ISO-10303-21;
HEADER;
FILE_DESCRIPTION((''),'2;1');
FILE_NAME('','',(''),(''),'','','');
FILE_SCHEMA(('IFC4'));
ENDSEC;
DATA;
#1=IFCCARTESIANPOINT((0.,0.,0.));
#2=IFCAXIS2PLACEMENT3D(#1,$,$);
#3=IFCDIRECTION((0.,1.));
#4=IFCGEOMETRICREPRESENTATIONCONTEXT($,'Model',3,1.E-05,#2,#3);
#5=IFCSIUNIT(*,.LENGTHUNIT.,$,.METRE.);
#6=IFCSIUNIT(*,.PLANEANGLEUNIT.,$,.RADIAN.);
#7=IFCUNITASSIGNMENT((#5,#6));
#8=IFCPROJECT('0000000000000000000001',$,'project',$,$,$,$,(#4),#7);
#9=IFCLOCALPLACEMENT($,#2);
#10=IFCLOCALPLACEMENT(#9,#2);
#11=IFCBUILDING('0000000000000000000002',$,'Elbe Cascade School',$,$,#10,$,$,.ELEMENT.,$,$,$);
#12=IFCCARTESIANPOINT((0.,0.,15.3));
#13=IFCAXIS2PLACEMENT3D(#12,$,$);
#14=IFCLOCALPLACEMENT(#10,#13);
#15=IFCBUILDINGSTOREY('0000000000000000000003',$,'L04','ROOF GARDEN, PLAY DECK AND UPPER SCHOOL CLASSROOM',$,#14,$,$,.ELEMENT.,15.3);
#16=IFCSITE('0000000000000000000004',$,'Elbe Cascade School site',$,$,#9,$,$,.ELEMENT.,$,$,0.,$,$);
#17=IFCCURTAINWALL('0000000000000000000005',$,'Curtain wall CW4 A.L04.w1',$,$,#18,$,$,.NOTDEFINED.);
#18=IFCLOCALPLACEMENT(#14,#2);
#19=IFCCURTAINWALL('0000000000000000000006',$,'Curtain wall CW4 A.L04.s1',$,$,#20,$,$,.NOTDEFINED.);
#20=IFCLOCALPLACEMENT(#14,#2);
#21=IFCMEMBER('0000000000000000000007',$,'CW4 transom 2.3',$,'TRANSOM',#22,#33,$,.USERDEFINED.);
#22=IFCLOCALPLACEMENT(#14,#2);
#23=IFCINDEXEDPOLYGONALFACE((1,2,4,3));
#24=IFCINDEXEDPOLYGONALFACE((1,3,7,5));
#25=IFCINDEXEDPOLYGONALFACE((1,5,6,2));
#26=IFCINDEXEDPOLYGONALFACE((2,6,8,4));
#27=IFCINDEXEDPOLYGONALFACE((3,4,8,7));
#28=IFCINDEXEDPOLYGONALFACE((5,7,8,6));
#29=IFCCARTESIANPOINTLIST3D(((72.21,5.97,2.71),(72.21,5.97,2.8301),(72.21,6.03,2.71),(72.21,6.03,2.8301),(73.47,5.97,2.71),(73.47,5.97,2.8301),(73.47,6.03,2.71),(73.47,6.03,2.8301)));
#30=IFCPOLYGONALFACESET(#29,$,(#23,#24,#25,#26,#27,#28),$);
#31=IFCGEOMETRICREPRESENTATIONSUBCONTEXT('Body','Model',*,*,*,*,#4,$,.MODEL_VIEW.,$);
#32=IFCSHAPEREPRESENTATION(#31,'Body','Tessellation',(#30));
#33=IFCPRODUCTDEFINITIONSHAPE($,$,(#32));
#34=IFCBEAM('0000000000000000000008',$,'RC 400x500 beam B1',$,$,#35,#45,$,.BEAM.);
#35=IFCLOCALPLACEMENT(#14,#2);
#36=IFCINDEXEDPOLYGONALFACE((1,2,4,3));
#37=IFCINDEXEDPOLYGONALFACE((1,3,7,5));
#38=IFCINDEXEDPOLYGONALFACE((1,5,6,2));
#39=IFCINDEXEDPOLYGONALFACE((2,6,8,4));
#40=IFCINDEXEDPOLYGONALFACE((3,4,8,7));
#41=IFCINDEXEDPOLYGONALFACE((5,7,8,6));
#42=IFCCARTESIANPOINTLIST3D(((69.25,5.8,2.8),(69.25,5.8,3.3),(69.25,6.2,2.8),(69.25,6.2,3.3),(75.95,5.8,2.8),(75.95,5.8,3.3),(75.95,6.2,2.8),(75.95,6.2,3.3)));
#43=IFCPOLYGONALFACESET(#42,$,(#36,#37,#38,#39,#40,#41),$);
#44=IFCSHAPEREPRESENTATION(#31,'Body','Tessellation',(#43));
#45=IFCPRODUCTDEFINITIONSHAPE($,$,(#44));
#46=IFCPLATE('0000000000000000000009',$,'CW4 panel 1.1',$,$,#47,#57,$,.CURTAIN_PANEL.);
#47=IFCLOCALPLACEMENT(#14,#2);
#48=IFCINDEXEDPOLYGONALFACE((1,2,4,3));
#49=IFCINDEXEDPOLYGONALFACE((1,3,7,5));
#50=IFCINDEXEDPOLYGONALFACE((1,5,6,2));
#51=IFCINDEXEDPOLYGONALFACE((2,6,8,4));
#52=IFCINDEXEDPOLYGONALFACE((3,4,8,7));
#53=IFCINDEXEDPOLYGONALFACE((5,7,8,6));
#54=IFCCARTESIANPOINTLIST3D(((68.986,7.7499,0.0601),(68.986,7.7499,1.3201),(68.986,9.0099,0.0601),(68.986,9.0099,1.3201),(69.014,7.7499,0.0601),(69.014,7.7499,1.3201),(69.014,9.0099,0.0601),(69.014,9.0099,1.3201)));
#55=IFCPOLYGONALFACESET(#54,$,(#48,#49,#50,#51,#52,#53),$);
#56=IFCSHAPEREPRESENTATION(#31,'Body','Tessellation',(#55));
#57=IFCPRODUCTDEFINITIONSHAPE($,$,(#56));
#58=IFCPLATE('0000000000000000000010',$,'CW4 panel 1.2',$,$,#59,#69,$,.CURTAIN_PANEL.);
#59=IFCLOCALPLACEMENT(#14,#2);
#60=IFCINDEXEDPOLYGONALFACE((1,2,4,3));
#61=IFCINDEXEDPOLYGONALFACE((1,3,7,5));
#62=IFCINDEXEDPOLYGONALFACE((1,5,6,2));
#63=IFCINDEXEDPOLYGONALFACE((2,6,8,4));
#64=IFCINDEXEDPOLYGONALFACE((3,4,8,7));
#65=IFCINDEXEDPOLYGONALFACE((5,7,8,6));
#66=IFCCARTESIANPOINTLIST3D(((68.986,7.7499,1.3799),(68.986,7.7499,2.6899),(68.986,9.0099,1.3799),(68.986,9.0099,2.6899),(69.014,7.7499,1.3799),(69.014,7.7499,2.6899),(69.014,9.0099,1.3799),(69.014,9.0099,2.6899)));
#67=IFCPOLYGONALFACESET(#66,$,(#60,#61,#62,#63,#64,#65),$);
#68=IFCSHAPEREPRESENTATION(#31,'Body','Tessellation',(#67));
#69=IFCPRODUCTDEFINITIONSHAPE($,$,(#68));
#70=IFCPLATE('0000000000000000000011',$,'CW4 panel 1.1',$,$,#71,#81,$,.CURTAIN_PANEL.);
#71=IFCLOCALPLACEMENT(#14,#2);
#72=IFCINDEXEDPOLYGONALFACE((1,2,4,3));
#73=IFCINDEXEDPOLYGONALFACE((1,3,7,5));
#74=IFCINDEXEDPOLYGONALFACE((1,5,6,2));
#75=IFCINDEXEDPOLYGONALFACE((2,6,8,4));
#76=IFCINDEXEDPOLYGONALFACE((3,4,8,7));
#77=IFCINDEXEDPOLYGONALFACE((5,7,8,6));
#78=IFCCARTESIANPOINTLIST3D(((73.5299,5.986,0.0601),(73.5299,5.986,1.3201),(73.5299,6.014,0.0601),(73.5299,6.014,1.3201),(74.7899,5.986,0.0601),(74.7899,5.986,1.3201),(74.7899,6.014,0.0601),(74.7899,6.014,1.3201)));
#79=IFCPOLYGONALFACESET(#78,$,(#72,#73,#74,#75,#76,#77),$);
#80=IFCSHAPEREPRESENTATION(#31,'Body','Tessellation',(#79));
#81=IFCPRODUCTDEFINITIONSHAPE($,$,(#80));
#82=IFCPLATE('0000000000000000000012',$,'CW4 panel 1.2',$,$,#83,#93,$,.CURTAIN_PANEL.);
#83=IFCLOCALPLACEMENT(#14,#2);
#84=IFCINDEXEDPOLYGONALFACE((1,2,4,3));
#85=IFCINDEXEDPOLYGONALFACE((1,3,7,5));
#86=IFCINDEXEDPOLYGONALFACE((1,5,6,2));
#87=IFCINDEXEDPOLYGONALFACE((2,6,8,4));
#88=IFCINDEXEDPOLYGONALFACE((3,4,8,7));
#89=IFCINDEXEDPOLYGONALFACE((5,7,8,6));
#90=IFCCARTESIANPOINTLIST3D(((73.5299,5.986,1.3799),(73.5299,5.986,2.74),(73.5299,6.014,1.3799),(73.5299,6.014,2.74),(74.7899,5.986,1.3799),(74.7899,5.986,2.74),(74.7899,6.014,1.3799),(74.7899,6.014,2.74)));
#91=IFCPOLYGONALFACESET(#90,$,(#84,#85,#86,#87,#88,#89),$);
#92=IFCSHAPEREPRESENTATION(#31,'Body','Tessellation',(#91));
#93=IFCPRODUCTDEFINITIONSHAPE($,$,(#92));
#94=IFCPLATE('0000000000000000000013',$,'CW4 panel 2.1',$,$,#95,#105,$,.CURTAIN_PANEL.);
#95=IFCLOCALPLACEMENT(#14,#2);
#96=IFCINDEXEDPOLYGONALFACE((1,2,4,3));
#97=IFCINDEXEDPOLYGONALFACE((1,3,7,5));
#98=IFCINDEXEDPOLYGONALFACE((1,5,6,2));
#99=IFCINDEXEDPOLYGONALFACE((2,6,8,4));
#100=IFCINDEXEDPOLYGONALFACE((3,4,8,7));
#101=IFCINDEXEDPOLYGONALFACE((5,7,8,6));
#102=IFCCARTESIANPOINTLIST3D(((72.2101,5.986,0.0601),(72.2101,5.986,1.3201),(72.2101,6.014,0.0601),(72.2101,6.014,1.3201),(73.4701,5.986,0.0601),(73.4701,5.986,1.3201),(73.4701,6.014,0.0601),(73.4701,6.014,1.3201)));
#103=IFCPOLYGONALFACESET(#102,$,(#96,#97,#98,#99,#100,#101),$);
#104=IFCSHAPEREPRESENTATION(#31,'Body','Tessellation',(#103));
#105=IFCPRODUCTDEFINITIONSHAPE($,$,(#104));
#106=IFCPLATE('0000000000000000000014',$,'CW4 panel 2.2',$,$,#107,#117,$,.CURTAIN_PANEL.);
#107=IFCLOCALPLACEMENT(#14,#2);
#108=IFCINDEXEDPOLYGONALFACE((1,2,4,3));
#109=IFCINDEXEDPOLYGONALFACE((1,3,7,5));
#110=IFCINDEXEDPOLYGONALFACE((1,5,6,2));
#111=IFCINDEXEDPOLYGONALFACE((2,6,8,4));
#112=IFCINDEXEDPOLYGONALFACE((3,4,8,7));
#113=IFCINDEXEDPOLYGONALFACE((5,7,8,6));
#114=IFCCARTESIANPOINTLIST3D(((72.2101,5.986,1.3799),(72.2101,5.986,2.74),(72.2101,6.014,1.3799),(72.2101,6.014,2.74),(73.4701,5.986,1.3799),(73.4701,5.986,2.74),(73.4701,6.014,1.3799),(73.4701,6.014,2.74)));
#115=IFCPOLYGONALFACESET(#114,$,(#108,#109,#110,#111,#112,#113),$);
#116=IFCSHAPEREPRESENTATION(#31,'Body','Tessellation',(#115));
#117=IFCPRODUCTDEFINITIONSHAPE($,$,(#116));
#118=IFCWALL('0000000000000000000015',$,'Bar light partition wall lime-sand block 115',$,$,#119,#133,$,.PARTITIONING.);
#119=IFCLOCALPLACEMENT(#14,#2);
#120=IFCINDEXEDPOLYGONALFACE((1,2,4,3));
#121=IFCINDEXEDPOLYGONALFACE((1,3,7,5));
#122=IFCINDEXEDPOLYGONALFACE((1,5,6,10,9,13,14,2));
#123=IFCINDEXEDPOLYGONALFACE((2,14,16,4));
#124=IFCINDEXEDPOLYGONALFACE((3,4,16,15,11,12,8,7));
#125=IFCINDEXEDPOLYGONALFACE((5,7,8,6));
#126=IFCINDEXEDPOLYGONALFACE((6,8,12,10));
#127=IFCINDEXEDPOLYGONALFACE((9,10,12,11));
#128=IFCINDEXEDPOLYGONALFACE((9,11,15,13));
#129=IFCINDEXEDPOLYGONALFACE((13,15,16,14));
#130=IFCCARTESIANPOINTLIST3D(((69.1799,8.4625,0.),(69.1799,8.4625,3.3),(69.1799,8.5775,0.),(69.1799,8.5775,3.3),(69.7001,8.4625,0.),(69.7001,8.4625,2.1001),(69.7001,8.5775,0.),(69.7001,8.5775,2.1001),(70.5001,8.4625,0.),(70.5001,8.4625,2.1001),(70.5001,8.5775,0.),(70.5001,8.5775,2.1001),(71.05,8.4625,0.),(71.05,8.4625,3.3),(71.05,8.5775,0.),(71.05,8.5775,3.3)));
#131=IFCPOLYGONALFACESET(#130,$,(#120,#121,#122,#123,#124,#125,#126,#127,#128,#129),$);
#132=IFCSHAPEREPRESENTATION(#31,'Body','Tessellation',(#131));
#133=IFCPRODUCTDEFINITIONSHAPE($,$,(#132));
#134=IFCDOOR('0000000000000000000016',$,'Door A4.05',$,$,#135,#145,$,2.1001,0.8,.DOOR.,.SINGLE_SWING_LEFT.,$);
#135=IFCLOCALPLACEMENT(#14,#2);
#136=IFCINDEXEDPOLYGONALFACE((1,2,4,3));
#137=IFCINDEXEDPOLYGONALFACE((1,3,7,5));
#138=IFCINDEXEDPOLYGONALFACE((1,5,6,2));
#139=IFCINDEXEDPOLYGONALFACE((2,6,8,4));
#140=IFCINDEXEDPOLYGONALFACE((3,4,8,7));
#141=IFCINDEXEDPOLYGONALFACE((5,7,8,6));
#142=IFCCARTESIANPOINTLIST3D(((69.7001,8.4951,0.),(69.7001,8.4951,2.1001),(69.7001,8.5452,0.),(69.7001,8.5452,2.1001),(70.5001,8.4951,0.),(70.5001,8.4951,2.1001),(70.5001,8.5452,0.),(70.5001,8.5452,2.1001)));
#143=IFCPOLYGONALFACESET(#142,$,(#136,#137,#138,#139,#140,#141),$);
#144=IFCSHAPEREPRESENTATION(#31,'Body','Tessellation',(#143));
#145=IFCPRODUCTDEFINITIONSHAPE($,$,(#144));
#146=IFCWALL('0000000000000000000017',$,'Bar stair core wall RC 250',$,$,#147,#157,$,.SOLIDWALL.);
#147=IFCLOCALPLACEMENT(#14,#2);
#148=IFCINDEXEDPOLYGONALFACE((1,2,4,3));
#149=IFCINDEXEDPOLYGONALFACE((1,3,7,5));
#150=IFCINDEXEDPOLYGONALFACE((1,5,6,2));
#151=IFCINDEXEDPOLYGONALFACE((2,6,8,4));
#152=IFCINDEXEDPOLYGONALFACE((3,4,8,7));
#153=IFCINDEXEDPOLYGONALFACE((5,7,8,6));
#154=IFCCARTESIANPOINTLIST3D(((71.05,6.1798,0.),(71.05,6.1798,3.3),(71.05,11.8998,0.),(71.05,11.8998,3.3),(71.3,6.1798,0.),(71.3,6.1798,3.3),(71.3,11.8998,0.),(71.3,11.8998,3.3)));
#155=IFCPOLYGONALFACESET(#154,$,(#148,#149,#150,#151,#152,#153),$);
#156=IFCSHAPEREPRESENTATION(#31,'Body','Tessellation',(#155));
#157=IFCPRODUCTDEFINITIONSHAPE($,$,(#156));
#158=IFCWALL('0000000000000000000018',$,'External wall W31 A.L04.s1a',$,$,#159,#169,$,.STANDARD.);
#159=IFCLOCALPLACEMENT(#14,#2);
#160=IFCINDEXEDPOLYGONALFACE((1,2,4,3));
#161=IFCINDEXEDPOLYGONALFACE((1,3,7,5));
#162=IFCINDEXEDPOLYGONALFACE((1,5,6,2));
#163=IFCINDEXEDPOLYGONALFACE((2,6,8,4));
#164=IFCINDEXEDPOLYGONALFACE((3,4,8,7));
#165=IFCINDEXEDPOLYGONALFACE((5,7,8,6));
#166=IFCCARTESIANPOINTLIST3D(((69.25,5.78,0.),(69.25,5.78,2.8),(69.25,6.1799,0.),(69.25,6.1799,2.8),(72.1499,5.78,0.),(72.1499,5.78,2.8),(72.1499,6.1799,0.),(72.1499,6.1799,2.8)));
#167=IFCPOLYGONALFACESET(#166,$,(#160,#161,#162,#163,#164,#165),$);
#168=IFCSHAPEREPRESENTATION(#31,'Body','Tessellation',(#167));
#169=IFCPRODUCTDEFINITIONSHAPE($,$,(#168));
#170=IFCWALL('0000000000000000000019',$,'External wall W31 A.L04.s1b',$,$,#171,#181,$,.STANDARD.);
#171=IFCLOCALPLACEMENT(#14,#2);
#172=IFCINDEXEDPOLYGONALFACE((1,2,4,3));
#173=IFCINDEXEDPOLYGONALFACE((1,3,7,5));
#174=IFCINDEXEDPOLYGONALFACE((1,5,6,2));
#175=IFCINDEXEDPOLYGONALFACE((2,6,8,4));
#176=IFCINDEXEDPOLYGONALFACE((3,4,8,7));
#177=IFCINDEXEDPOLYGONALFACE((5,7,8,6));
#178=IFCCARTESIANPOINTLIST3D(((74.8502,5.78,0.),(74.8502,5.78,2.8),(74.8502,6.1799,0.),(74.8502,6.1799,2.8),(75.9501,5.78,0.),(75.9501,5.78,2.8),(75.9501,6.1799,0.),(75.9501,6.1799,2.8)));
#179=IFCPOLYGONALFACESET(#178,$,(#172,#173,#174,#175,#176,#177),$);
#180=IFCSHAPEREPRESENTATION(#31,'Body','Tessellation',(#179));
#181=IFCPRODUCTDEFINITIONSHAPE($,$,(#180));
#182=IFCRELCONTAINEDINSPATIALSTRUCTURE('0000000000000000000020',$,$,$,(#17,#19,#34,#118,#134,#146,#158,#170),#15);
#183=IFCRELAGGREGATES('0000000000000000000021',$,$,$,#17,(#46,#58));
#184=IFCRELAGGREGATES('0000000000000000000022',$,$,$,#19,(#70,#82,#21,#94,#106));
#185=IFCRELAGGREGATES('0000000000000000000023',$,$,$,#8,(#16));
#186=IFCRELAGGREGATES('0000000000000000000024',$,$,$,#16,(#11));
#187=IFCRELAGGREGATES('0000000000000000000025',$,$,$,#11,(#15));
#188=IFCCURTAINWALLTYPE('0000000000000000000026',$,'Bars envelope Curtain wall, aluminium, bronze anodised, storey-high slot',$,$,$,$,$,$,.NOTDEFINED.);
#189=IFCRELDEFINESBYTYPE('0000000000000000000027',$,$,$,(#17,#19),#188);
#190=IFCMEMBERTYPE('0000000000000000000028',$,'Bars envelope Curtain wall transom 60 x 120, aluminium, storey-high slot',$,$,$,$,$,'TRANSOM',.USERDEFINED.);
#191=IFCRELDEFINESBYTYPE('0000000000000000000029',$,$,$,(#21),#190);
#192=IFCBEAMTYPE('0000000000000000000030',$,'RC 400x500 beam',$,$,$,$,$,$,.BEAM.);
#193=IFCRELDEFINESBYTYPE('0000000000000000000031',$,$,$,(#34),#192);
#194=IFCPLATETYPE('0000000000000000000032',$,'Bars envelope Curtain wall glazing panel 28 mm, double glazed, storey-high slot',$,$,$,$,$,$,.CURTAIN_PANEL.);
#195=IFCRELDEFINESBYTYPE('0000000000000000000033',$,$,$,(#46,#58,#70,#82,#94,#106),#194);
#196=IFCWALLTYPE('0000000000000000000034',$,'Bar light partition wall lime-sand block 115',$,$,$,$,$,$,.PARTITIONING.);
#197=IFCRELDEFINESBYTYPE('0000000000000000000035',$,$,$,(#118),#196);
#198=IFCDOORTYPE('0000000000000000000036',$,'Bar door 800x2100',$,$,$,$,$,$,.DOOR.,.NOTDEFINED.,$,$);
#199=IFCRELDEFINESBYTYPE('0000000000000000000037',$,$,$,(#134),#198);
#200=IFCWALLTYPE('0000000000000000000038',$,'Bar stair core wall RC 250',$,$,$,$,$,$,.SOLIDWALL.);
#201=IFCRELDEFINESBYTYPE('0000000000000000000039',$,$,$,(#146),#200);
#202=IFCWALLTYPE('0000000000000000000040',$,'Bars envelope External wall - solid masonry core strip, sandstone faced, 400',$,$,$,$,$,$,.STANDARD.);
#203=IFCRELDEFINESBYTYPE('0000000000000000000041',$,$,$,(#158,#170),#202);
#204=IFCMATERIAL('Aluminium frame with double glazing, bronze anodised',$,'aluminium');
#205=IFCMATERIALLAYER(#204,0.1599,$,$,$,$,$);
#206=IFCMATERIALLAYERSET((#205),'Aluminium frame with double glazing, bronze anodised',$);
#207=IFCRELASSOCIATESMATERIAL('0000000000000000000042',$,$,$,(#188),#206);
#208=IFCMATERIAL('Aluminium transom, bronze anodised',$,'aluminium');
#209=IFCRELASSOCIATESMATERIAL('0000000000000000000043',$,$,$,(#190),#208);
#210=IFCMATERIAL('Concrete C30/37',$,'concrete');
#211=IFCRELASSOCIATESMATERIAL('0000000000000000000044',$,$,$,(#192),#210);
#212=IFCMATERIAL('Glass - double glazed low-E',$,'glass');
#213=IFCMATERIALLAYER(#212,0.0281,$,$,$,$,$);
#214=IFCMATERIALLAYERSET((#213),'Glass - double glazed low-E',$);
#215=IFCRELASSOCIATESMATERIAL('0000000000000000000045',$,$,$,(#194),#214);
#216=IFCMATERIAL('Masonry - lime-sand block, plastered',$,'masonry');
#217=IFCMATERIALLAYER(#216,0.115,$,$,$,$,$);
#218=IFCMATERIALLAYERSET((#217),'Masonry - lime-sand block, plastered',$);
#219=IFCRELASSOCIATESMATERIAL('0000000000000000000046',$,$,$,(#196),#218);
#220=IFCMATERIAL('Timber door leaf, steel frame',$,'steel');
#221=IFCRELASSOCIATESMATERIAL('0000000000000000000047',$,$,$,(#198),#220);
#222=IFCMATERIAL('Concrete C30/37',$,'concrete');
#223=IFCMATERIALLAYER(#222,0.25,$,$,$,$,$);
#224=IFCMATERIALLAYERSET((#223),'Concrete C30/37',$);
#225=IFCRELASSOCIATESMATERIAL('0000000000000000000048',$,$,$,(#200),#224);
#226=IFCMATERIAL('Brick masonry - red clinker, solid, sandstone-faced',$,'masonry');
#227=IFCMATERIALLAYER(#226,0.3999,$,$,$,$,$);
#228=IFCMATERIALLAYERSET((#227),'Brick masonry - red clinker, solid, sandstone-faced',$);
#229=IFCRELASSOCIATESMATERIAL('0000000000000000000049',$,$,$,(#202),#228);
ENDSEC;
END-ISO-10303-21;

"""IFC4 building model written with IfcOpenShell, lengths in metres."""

from ifc_helpers import new_model, si_unit, direction, frame, frame_2d, origin, origin_2d, place, context, subcontext, project, spatial, rectangle, extrude, material, layer, layer_set, material_profile, profile_set, type_object, element, fill, aggregate, save


model = new_model("IFC4")

# Units and contexts
model_context = context("Model", 3, precision=1e-05, world=origin(), true_north=direction((0.0, 1.0)))
body_context = subcontext(model_context, "Body", "Model", "MODEL_VIEW")
ifc_project = project(units=[si_unit("LENGTHUNIT", "METRE"), si_unit("PLANEANGLEUNIT", "RADIAN")], contexts=[model_context])

# Site, building, storey
site_placement = place(None, origin())
site = spatial("IfcSite", under=ifc_project, at=site_placement, Name="Elbe Cascade School site", CompositionType="ELEMENT", RefElevation=0.0)
building_placement = place(site_placement, origin())
building = spatial("IfcBuilding", under=site, at=building_placement, Name="Elbe Cascade School", CompositionType="ELEMENT")
storey_placement = place(building_placement, frame((0.0, 0.0, 15.3)))
storey = spatial("IfcBuildingStorey", under=building, at=storey_placement, Name="L04", Description="ROOF GARDEN, PLAY DECK AND UPPER SCHOOL CLASSROOM", CompositionType="ELEMENT", Elevation=15.3)

# Curtain walls
ifc_material_1 = material(Name="Aluminium frame with double glazing, bronze anodised", Category="aluminium")
ifc_layer_1 = layer(ifc_material_1, 0.1599)
ifc_layer_set_1 = layer_set([ifc_layer_1], Name="Aluminium frame with double glazing, bronze anodised")
curtain_wall_type = type_object("IfcCurtainWallType", Name="Bars envelope Curtain wall, aluminium, bronze anodised, storey-high slot", PredefinedType="NOTDEFINED", material=ifc_layer_set_1)
curtain_wall_1_placement = place(storey_placement, origin())
curtain_wall_1 = element("IfcCurtainWall", 1, at=curtain_wall_1_placement, inside=storey, type_object=curtain_wall_type, Name="Curtain wall CW4 A.L04.w1", PredefinedType="NOTDEFINED")
curtain_wall_2_placement = place(storey_placement, origin())
curtain_wall_2 = element("IfcCurtainWall", 2, at=curtain_wall_2_placement, inside=storey, type_object=curtain_wall_type, Name="Curtain wall CW4 A.L04.s1", PredefinedType="NOTDEFINED")

# Member
ifc_material_2 = material(Name="Aluminium transom, bronze anodised", Category="aluminium")
ifc_material_profile_1 = material_profile(ifc_material_2, rectangle(XDim=0.0601, YDim=0.1201, at=origin_2d()), Name="Bars envelope Curtain wall transom 60 x 120, aluminium, storey-high slot")
ifc_profile_set_1 = profile_set([ifc_material_profile_1], Name="Aluminium transom, bronze anodised")
member_type_1 = type_object("IfcMemberType", Name="Bars envelope Curtain wall transom 60 x 120, aluminium, storey-high slot", ElementType="TRANSOM", PredefinedType="USERDEFINED", material=ifc_profile_set_1)
member_1_placement = place(storey_placement, frame((73.47, 6.0, 2.77), z_axis=(-1.0, 0.0, 0.0), x_axis=(0.0, -1.0, 0.0)))
member_1 = element("IfcMember", 3, at=member_1_placement, type_object=member_type_1, Name="CW4 transom 2.3", ObjectType="TRANSOM", PredefinedType="USERDEFINED", context=body_context, shape_type="SweptSolid", body=[
    extrude(rectangle(XDim=0.0601, YDim=0.1201, at=origin_2d()), origin(), (0.0, 0.0, 1.0), 1.26),
])

# Beam
ifc_material_3 = material(Name="Concrete C30/37", Category="concrete")
ifc_material_profile_2 = material_profile(ifc_material_3, rectangle(XDim=0.3999, YDim=0.5, at=origin_2d()), Name="RC 400x500")
ifc_profile_set_2 = profile_set([ifc_material_profile_2], Name="Concrete C30/37")
beam_type = type_object("IfcBeamType", Name="RC 400x500 beam", PredefinedType="BEAM", material=ifc_profile_set_2)
beam_placement = place(storey_placement, frame((69.25, 6.0, 3.05), z_axis=(1.0, 0.0, 0.0), x_axis=(0.0, 1.0, 0.0)))
element("IfcBeam", 4, at=beam_placement, inside=storey, type_object=beam_type, Name="RC 400x500 beam B1", PredefinedType="BEAM", context=body_context, shape_type="SweptSolid", body=[
    extrude(rectangle(XDim=0.3999, YDim=0.5, at=origin_2d()), origin(), (0.0, 0.0, 1.0), 6.7),
])

# Plates
ifc_material_4 = material(Name="Glass - double glazed low-E", Category="glass")
ifc_layer_2 = layer(ifc_material_4, 0.0281)
ifc_layer_set_2 = layer_set([ifc_layer_2], Name="Glass - double glazed low-E")
plate_type = type_object("IfcPlateType", Name="Bars envelope Curtain wall glazing panel 28 mm, double glazed, storey-high slot", PredefinedType="CURTAIN_PANEL", material=ifc_layer_set_2)
plate_1_placement = place(storey_placement, frame((69.0, 8.3799, 0.0601), z_axis=(0.0, 0.0, 1.0), x_axis=(0.0, 1.0, 0.0)))
plate_1 = element("IfcPlate", 5, at=plate_1_placement, type_object=plate_type, Name="CW4 panel 1.1", PredefinedType="CURTAIN_PANEL", context=body_context, shape_type="SweptSolid", body=[
    extrude(rectangle(XDim=1.26, YDim=0.0281, at=origin_2d()), origin(), (0.0, 0.0, 1.0), 1.26),
])
plate_2_placement = place(storey_placement, frame((69.0, 8.3799, 1.3799), z_axis=(0.0, 0.0, 1.0), x_axis=(0.0, 1.0, 0.0)))
plate_2 = element("IfcPlate", 6, at=plate_2_placement, type_object=plate_type, Name="CW4 panel 1.2", PredefinedType="CURTAIN_PANEL", context=body_context, shape_type="SweptSolid", body=[
    extrude(rectangle(XDim=1.26, YDim=0.0281, at=origin_2d()), origin(), (0.0, 0.0, 1.0), 1.3101),
])
aggregate(curtain_wall_1, [plate_1, plate_2])
plate_3_placement = place(storey_placement, frame((74.1599, 6.0, 0.0601), z_axis=(0.0, 0.0, 1.0), x_axis=(-1.0, 0.0, 0.0)))
plate_3 = element("IfcPlate", 7, at=plate_3_placement, type_object=plate_type, Name="CW4 panel 1.1", PredefinedType="CURTAIN_PANEL", context=body_context, shape_type="SweptSolid", body=[
    extrude(rectangle(XDim=1.26, YDim=0.0281, at=origin_2d()), origin(), (0.0, 0.0, 1.0), 1.26),
])
plate_4_placement = place(storey_placement, frame((74.1599, 6.0, 1.3799), z_axis=(0.0, 0.0, 1.0), x_axis=(-1.0, 0.0, 0.0)))
plate_4 = element("IfcPlate", 8, at=plate_4_placement, type_object=plate_type, Name="CW4 panel 1.2", PredefinedType="CURTAIN_PANEL", context=body_context, shape_type="SweptSolid", body=[
    extrude(rectangle(XDim=1.26, YDim=0.0281, at=origin_2d()), origin(), (0.0, 0.0, 1.0), 1.3601),
])
plate_5_placement = place(storey_placement, frame((72.8401, 6.0, 0.0601), z_axis=(0.0, 0.0, 1.0), x_axis=(-1.0, 0.0, 0.0)))
plate_5 = element("IfcPlate", 9, at=plate_5_placement, type_object=plate_type, Name="CW4 panel 2.1", PredefinedType="CURTAIN_PANEL", context=body_context, shape_type="SweptSolid", body=[
    extrude(rectangle(XDim=1.26, YDim=0.0281, at=origin_2d()), origin(), (0.0, 0.0, 1.0), 1.26),
])
plate_6_placement = place(storey_placement, frame((72.8401, 6.0, 1.3799), z_axis=(0.0, 0.0, 1.0), x_axis=(-1.0, 0.0, 0.0)))
plate_6 = element("IfcPlate", 10, at=plate_6_placement, type_object=plate_type, Name="CW4 panel 2.2", PredefinedType="CURTAIN_PANEL", context=body_context, shape_type="SweptSolid", body=[
    extrude(rectangle(XDim=1.26, YDim=0.0281, at=origin_2d()), origin(), (0.0, 0.0, 1.0), 1.3601),
])
aggregate(curtain_wall_2, [plate_3, plate_4, member_1, plate_5, plate_6])

# Wall, opening, door
ifc_material_5 = material(Name="Masonry - lime-sand block, plastered", Category="masonry")
ifc_layer_3 = layer(ifc_material_5, 0.115)
ifc_layer_set_3 = layer_set([ifc_layer_3], Name="Masonry - lime-sand block, plastered")
wall_type_1 = type_object("IfcWallType", Name="Bar light partition wall lime-sand block 115", PredefinedType="PARTITIONING", material=ifc_layer_set_3)
wall_1_placement = place(storey_placement, frame((71.05, 8.52, 0.0), z_axis=(0.0, 0.0, 1.0), x_axis=(-1.0, 0.0, 0.0)))
wall_1 = element("IfcWall", 11, at=wall_1_placement, inside=storey, type_object=wall_type_1, Name="Bar light partition wall lime-sand block 115", PredefinedType="PARTITIONING", context=body_context, shape_type="SweptSolid", body=[
    extrude(rectangle(XDim=1.8701, YDim=0.115, at=frame_2d((0.9351, 0.0))), origin(), (0.0, 0.0, 1.0), 3.3),
])
opening_placement = place(wall_1_placement, frame((0.55, 0.0, 0.0)))
opening = element("IfcOpeningElement", 12, at=opening_placement, cuts=wall_1, PredefinedType="OPENING", context=body_context, shape_type="SweptSolid", body=[
    extrude(rectangle(XDim=0.8, YDim=2.1001, at=frame_2d((0.3999, 1.05))), frame((0.0, 0.0674, 0.0), z_axis=(0.0, -1.0, 0.0), x_axis=(1.0, 0.0, 0.0)), (0.0, 0.0, 1.0), 0.135),
])
ifc_material_6 = material(Name="Timber door leaf, steel frame", Category="steel")
door_type = type_object("IfcDoorType", Name="Bar door 800x2100", OperationType="NOTDEFINED", PredefinedType="DOOR", material=ifc_material_6)
door_placement = place(opening_placement, origin())
door = element("IfcDoor", 13, at=door_placement, inside=storey, type_object=door_type, Name="Door A4.05", OperationType="SINGLE_SWING_LEFT", OverallHeight=2.1001, OverallWidth=0.8, PredefinedType="DOOR", context=body_context, shape_type="SweptSolid", body=[
    extrude(rectangle(XDim=0.8, YDim=2.1001, at=frame_2d((0.3999, 1.05))), frame((0.0, 0.0249, 0.0), z_axis=(0.0, -1.0, 0.0), x_axis=(1.0, 0.0, 0.0)), (0.0, 0.0, 1.0), 0.05),
])
fill(opening, door)

# Walls
ifc_material_7 = material(Name="Concrete C30/37", Category="concrete")
ifc_layer_4 = layer(ifc_material_7, 0.25)
ifc_layer_set_4 = layer_set([ifc_layer_4], Name="Concrete C30/37")
wall_type_2 = type_object("IfcWallType", Name="Bar stair core wall RC 250", PredefinedType="SOLIDWALL", material=ifc_layer_set_4)
wall_2_placement = place(storey_placement, frame((71.175, 6.1799, 0.0), z_axis=(0.0, 0.0, 1.0), x_axis=(0.0, 1.0, 0.0)))
element("IfcWall", 14, at=wall_2_placement, inside=storey, type_object=wall_type_2, Name="Bar stair core wall RC 250", PredefinedType="SOLIDWALL", context=body_context, shape_type="SweptSolid", body=[
    extrude(rectangle(XDim=5.72, YDim=0.25, at=frame_2d((2.8599, 0.0))), origin(), (0.0, 0.0, 1.0), 3.3),
])
ifc_material_8 = material(Name="Brick masonry - red clinker, solid, sandstone-faced", Category="masonry")
ifc_layer_5 = layer(ifc_material_8, 0.3999)
ifc_layer_set_5 = layer_set([ifc_layer_5], Name="Brick masonry - red clinker, solid, sandstone-faced")
wall_type_3 = type_object("IfcWallType", Name="Bars envelope External wall - solid masonry core strip, sandstone faced, 400", PredefinedType="STANDARD", material=ifc_layer_set_5)
wall_3_placement = place(storey_placement, frame((72.1499, 5.98, 0.0), z_axis=(0.0, 0.0, 1.0), x_axis=(-1.0, 0.0, 0.0)))
element("IfcWall", 15, at=wall_3_placement, inside=storey, type_object=wall_type_3, Name="External wall W31 A.L04.s1a", PredefinedType="STANDARD", context=body_context, shape_type="SweptSolid", body=[
    extrude(rectangle(XDim=2.8999, YDim=0.3999, at=frame_2d((1.45, 0.0))), origin(), (0.0, 0.0, 1.0), 2.8),
])
wall_4_placement = place(storey_placement, frame((75.95, 5.98, 0.0), z_axis=(0.0, 0.0, 1.0), x_axis=(-1.0, 0.0, 0.0)))
element("IfcWall", 16, at=wall_4_placement, inside=storey, type_object=wall_type_3, Name="External wall W31 A.L04.s1b", PredefinedType="STANDARD", context=body_context, shape_type="SweptSolid", body=[
    extrude(rectangle(XDim=1.0999, YDim=0.3999, at=frame_2d((0.5498, 0.0))), origin(), (0.0, 0.0, 1.0), 2.8),
])

save(model, "model.ifc")
